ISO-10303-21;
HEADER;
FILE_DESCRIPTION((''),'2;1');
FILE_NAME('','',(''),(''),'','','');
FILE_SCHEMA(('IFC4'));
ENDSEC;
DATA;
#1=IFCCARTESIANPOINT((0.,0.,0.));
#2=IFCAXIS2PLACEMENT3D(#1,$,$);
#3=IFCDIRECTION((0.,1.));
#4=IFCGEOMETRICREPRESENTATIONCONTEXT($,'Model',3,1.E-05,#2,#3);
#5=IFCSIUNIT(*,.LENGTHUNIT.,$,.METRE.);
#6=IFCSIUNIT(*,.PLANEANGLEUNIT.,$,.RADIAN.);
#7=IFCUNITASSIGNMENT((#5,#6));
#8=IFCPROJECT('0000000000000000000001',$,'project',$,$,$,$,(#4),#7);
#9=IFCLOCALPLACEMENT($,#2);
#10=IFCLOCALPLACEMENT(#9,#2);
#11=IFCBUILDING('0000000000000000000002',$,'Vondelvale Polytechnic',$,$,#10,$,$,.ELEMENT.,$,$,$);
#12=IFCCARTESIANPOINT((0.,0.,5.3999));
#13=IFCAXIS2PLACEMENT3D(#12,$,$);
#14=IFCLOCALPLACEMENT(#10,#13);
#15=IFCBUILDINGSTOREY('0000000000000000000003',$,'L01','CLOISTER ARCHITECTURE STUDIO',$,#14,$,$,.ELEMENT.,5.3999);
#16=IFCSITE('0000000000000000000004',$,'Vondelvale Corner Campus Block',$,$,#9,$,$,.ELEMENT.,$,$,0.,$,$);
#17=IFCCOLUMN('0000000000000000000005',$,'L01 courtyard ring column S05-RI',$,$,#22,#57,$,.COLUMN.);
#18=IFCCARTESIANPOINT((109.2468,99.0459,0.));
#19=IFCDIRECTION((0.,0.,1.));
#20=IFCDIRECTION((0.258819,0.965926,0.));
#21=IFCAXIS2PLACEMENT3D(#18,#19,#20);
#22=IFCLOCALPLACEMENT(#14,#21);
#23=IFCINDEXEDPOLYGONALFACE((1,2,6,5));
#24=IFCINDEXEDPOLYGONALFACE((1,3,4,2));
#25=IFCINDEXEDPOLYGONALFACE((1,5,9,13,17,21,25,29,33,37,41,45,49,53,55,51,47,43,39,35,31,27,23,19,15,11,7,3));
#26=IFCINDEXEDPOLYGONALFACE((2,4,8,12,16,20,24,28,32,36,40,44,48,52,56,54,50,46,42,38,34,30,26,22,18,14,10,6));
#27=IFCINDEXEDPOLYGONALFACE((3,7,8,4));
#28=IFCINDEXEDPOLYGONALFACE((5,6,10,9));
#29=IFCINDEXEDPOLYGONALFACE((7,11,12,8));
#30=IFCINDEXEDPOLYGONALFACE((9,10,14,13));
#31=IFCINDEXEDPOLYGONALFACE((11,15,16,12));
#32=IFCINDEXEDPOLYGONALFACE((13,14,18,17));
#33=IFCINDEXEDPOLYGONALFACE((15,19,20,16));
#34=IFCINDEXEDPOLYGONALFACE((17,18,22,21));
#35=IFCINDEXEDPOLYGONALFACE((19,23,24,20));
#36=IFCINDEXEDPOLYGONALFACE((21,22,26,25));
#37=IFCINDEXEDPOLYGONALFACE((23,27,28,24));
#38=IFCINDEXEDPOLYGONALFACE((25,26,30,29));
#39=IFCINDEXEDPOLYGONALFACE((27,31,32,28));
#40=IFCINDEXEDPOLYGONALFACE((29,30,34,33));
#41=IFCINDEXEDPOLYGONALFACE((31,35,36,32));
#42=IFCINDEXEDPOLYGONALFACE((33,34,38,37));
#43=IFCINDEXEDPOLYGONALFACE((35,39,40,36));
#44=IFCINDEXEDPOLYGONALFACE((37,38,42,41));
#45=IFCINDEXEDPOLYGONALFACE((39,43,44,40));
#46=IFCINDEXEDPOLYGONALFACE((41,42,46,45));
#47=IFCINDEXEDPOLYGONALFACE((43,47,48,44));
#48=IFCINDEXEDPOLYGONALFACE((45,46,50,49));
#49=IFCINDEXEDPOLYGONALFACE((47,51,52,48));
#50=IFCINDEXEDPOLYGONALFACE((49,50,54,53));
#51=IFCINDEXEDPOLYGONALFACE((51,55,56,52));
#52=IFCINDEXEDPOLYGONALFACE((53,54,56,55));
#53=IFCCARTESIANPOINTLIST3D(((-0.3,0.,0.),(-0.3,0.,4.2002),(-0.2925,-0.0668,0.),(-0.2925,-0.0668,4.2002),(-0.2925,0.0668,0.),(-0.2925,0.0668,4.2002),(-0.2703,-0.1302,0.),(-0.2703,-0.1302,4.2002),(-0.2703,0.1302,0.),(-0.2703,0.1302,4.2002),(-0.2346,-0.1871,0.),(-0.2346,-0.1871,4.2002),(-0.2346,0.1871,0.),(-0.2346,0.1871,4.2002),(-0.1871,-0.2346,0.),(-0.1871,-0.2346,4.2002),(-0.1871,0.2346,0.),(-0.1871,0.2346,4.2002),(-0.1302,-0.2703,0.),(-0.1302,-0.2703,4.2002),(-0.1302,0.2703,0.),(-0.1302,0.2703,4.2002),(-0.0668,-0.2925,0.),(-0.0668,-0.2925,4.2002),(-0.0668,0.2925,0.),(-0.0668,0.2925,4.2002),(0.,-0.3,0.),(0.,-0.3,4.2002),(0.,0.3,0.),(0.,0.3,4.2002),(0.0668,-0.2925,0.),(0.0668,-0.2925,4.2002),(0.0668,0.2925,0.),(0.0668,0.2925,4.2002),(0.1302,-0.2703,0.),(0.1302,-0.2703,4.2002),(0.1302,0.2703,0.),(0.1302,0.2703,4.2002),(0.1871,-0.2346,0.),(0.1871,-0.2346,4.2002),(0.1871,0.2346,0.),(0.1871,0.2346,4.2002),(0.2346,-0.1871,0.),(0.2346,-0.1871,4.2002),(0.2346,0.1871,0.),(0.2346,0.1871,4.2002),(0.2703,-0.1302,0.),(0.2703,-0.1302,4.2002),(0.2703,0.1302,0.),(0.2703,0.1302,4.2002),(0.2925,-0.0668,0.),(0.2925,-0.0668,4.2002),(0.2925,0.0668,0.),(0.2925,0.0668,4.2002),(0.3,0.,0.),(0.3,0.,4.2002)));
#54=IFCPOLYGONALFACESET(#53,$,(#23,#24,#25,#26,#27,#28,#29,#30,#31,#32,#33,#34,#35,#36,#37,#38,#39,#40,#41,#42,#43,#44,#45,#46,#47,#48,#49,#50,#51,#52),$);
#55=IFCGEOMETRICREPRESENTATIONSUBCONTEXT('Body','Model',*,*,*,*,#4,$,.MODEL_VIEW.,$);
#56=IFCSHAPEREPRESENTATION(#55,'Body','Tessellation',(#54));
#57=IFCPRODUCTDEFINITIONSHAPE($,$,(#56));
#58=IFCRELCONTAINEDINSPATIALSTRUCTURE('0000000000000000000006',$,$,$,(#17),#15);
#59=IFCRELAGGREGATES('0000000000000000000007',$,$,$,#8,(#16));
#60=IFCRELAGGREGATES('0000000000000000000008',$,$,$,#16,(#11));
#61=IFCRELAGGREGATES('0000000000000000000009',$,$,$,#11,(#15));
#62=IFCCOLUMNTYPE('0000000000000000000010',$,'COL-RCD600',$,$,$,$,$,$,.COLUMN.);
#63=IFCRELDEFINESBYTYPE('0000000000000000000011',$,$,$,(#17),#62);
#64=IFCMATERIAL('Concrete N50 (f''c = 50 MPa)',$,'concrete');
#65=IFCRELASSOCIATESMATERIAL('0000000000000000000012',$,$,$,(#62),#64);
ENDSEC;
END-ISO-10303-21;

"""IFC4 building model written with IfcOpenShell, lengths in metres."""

from ifc_helpers import new_model, si_unit, direction, frame, origin, origin_2d, place, context, subcontext, project, spatial, circle, extrude, material, material_profile, profile_set, type_object, element, save


model = new_model("IFC4")

# Units and contexts
model_context = context("Model", 3, precision=1e-05, world=origin(), true_north=direction((0.0, 1.0)))
body_context = subcontext(model_context, "Body", "Model", "MODEL_VIEW")
ifc_project = project(units=[si_unit("LENGTHUNIT", "METRE"), si_unit("PLANEANGLEUNIT", "RADIAN")], contexts=[model_context])

# Site, building, storey
site_placement = place(None, origin())
site = spatial("IfcSite", under=ifc_project, at=site_placement, Name="Vondelvale Corner Campus Block", CompositionType="ELEMENT", RefElevation=0.0)
building_placement = place(site_placement, origin())
building = spatial("IfcBuilding", under=site, at=building_placement, Name="Vondelvale Polytechnic", CompositionType="ELEMENT")
storey_placement = place(building_placement, frame((0.0, 0.0, 5.3999)))
storey = spatial("IfcBuildingStorey", under=building, at=storey_placement, Name="L01", Description="CLOISTER ARCHITECTURE STUDIO", CompositionType="ELEMENT", Elevation=5.3999)

# Column
ifc_material_1 = material(Name="Concrete N50 (f'c = 50 MPa)", Category="concrete")
ifc_material_profile_1 = material_profile(ifc_material_1, circle(Radius=0.3, at=origin_2d()), Name="RC-COL-D600")
ifc_profile_set_1 = profile_set([ifc_material_profile_1], Name="Concrete N50 (f'c = 50 MPa)")
column_type = type_object("IfcColumnType", Name="COL-RCD600", PredefinedType="COLUMN", material=ifc_profile_set_1)
column_placement = place(storey_placement, frame((109.2468, 99.0459, 0.0), z_axis=(0.0, 0.0, 1.0), x_axis=(0.258819, 0.965926, 0.0)))
element("IfcColumn", 1, at=column_placement, inside=storey, type_object=column_type, Name="L01 courtyard ring column S05-RI", PredefinedType="COLUMN", context=body_context, shape_type="SweptSolid", body=[
    extrude(circle(Radius=0.3, at=origin_2d()), origin(), (0.0, 0.0, 1.0), 4.2002),
])

save(model, "model.ifc")
